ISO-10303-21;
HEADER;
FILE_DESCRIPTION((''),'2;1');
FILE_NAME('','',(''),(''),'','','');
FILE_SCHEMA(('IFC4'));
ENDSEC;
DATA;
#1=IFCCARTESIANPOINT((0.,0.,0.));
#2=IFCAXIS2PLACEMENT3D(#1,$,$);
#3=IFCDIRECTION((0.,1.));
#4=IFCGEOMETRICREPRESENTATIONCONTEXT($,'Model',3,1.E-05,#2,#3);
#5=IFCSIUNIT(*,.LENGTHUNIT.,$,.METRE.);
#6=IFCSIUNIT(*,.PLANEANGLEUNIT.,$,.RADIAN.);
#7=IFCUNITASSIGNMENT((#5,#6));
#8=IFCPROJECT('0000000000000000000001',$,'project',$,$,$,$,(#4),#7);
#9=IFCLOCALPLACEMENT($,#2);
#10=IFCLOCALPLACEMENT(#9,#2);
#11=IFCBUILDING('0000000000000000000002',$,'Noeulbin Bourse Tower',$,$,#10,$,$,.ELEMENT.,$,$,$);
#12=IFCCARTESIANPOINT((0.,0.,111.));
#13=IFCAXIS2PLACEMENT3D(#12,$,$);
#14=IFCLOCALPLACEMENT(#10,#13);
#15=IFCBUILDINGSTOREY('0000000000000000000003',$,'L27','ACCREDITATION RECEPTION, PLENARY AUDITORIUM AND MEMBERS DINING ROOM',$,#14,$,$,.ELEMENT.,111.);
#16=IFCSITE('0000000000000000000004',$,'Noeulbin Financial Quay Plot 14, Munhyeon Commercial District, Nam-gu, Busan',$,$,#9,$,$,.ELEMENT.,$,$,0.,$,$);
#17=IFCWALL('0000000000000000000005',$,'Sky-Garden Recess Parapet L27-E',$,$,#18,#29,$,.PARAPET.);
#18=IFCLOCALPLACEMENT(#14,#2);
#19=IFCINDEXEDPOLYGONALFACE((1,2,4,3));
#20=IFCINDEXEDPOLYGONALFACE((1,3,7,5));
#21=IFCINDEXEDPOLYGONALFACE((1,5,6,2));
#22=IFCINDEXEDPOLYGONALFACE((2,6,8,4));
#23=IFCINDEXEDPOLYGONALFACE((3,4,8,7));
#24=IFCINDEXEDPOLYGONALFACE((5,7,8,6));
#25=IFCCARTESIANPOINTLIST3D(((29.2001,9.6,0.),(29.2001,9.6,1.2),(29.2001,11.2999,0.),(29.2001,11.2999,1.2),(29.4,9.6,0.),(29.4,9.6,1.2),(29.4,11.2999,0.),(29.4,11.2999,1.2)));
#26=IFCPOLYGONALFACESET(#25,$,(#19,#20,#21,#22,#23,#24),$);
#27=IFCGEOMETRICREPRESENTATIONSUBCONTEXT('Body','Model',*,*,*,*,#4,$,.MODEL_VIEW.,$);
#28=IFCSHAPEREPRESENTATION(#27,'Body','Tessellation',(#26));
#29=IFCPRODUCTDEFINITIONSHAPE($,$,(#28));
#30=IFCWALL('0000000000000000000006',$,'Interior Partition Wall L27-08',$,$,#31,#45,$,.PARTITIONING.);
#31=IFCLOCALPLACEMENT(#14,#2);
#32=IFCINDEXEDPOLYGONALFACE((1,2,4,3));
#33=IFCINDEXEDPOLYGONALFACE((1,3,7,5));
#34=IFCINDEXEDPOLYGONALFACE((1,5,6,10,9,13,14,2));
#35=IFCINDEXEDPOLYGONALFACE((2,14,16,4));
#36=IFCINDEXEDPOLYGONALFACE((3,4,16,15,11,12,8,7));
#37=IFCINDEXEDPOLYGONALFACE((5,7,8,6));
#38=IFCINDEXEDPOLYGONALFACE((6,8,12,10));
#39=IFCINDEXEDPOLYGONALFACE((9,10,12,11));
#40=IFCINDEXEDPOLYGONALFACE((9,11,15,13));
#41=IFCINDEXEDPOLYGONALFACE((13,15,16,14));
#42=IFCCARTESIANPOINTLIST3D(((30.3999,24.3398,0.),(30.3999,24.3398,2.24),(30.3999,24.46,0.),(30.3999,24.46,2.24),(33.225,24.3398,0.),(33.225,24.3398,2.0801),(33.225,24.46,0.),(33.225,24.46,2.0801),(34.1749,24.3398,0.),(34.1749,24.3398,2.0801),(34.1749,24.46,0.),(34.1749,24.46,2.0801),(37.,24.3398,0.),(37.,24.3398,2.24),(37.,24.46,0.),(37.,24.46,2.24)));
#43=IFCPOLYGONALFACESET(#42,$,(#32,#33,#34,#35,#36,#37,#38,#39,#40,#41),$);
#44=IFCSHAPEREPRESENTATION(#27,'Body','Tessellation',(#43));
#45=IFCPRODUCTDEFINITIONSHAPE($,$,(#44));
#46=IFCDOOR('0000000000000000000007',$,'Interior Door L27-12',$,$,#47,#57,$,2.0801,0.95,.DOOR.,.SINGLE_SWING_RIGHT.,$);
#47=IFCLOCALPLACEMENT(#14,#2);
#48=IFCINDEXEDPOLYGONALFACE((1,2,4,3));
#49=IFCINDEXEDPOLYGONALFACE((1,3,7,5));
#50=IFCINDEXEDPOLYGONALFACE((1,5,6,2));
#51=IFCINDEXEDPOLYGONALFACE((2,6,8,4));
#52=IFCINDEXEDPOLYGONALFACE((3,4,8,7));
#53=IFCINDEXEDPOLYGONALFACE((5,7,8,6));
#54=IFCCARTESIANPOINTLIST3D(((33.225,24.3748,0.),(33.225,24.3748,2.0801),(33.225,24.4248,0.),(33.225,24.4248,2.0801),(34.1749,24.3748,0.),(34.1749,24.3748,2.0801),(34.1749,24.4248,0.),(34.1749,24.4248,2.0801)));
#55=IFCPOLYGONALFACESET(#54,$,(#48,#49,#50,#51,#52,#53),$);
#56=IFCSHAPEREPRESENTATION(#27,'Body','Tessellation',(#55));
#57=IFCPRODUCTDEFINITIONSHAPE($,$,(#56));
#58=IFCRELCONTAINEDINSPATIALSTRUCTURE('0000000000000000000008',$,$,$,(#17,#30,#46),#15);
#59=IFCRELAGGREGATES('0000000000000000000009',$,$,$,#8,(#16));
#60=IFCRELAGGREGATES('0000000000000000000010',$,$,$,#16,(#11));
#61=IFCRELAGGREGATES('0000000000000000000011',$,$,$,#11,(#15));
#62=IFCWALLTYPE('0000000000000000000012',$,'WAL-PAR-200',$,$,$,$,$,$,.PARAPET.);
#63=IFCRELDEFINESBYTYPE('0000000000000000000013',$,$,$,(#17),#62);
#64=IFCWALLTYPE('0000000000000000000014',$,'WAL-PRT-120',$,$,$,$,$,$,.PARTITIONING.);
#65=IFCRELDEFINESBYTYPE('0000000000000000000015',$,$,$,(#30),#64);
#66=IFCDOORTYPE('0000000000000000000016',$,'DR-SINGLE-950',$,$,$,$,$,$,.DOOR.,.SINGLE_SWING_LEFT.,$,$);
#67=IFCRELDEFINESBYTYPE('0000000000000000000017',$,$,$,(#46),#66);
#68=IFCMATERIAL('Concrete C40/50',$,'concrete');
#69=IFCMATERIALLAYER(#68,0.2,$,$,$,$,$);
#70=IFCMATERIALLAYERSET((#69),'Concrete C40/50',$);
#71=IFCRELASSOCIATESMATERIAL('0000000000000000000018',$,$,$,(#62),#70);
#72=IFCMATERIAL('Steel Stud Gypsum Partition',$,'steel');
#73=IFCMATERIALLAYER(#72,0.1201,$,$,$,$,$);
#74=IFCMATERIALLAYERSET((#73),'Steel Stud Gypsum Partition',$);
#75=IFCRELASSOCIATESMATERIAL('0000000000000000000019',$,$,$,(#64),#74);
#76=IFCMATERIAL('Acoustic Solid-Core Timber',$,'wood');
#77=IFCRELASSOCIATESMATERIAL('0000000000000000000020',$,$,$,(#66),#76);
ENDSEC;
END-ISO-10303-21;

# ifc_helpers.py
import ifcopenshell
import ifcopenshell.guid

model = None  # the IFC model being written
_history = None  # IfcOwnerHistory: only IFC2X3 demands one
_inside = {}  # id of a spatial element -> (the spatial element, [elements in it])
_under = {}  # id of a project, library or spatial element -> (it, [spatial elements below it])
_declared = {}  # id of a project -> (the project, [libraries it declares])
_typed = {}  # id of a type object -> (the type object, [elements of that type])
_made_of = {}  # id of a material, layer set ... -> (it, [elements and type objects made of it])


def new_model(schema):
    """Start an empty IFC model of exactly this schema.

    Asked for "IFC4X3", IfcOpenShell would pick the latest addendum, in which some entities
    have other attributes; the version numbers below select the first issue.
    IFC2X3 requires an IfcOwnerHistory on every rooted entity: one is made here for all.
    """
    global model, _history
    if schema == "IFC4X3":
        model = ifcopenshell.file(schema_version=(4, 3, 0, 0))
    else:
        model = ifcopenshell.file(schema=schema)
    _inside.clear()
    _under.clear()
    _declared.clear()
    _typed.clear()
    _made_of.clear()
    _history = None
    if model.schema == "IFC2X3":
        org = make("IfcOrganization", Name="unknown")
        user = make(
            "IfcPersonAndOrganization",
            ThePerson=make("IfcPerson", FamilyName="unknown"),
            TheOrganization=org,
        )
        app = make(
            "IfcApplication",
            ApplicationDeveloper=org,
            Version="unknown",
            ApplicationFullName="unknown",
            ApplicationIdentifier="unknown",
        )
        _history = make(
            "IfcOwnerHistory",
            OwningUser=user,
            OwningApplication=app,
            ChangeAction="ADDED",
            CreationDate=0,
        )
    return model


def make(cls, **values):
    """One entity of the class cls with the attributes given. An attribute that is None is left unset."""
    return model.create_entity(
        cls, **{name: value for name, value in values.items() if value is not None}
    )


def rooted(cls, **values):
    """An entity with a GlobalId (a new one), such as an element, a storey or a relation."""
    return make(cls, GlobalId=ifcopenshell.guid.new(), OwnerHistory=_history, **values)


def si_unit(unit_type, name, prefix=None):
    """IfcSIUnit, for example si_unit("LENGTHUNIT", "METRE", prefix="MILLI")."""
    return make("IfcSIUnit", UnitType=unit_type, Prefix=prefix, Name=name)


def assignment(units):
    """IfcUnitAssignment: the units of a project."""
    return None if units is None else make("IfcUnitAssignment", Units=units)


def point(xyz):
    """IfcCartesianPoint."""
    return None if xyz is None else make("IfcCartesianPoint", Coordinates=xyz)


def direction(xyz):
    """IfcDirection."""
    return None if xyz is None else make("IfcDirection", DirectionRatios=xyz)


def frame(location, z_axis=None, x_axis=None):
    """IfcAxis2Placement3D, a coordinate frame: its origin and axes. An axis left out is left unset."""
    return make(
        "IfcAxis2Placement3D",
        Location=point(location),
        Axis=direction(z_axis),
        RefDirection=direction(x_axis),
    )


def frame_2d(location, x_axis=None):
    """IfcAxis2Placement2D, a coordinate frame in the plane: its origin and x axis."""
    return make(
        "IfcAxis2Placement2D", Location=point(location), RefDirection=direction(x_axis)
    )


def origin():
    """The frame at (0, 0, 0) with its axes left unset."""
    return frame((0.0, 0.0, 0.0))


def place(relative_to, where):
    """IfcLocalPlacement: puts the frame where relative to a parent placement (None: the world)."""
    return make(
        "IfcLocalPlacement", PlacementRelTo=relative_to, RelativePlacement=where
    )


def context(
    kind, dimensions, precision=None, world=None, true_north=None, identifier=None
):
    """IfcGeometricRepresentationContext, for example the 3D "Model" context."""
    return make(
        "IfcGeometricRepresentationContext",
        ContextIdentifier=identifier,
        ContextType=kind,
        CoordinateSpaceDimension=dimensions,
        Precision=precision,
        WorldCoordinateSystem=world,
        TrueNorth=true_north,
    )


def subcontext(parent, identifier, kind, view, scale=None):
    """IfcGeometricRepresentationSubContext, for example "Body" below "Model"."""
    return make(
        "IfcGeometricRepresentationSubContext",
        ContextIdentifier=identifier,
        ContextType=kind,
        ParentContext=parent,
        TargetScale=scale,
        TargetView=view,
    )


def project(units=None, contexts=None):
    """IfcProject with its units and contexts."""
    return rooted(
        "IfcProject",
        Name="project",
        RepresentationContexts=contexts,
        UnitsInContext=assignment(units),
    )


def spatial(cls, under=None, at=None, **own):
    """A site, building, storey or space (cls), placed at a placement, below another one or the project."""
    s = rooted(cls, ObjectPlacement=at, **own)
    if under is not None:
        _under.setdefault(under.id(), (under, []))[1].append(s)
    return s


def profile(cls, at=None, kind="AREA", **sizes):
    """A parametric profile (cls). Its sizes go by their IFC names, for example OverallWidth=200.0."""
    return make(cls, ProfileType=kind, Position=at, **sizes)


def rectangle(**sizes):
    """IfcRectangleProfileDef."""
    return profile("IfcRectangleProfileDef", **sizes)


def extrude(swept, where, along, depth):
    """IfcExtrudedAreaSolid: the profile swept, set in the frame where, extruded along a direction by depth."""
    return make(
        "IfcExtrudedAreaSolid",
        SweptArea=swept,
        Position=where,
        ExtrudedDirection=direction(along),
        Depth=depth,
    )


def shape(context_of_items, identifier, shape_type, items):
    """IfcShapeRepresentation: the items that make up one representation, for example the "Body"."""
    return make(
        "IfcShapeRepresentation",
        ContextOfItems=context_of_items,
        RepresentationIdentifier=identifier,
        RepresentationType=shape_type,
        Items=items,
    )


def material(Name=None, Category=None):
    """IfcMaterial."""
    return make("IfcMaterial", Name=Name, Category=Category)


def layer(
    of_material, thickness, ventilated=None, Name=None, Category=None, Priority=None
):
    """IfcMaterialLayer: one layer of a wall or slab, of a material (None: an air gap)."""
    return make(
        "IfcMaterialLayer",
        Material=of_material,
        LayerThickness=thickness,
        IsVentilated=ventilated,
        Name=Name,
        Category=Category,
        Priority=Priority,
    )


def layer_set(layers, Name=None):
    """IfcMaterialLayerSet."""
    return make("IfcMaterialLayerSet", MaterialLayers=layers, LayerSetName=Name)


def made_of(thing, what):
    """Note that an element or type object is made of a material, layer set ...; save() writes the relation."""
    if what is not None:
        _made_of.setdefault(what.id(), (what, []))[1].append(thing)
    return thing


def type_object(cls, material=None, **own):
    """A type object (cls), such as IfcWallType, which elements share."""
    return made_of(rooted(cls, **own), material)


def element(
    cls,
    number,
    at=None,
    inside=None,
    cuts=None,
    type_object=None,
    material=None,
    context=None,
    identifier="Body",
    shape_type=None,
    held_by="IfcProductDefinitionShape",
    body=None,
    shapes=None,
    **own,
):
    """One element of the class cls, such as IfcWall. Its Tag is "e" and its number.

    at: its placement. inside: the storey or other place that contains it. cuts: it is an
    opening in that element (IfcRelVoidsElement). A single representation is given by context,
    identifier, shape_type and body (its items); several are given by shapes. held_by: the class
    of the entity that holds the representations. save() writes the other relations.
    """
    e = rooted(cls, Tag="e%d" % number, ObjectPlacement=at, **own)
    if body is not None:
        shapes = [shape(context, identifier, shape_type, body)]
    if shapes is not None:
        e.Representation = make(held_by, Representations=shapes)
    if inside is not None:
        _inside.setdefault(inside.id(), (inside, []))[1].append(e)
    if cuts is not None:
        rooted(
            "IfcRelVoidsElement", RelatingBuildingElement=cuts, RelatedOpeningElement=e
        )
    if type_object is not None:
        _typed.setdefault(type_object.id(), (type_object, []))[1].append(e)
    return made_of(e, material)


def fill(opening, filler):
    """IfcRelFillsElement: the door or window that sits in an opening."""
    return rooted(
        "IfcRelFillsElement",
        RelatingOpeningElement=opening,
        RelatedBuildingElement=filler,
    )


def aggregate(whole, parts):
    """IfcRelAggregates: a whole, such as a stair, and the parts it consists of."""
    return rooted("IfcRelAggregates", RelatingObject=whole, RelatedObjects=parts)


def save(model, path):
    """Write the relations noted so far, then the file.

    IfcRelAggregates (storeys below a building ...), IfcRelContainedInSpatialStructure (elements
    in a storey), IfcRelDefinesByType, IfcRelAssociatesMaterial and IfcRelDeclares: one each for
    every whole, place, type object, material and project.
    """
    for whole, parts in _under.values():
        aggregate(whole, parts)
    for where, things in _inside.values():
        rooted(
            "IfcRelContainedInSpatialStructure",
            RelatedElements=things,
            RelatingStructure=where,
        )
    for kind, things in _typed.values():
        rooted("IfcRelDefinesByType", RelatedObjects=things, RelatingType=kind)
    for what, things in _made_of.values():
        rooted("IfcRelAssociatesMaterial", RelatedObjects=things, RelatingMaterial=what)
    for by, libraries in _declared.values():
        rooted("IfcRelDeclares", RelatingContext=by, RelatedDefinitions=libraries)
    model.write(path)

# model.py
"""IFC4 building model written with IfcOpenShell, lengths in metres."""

from ifc_helpers import new_model, si_unit, direction, frame, frame_2d, origin, place, context, subcontext, project, spatial, rectangle, extrude, material, layer, layer_set, type_object, element, fill, save


model = new_model("IFC4")

# Units and contexts
model_context = context("Model", 3, precision=1e-05, world=origin(), true_north=direction((0.0, 1.0)))
body_context = subcontext(model_context, "Body", "Model", "MODEL_VIEW")
ifc_project = project(units=[si_unit("LENGTHUNIT", "METRE"), si_unit("PLANEANGLEUNIT", "RADIAN")], contexts=[model_context])

# Site, building, storey
site_placement = place(None, origin())
site = spatial("IfcSite", under=ifc_project, at=site_placement, Name="Noeulbin Financial Quay Plot 14, Munhyeon Commercial District, Nam-gu, Busan", CompositionType="ELEMENT", RefElevation=0.0)
building_placement = place(site_placement, origin())
building = spatial("IfcBuilding", under=site, at=building_placement, Name="Noeulbin Bourse Tower", CompositionType="ELEMENT")
storey_placement = place(building_placement, frame((0.0, 0.0, 111.0)))
storey = spatial("IfcBuildingStorey", under=building, at=storey_placement, Name="L27", Description="ACCREDITATION RECEPTION, PLENARY AUDITORIUM AND MEMBERS DINING ROOM", CompositionType="ELEMENT", Elevation=111.0)

# Wall
ifc_material_1 = material(Name="Concrete C40/50", Category="concrete")
ifc_layer_1 = layer(ifc_material_1, 0.2)
ifc_layer_set_1 = layer_set([ifc_layer_1], Name="Concrete C40/50")
wall_type_1 = type_object("IfcWallType", Name="WAL-PAR-200", PredefinedType="PARAPET", material=ifc_layer_set_1)
wall_1_placement = place(storey_placement, frame((29.3, 11.3, 0.0), z_axis=(0.0, 0.0, 1.0), x_axis=(0.0, -1.0, 0.0)))
element("IfcWall", 1, at=wall_1_placement, inside=storey, type_object=wall_type_1, Name="Sky-Garden Recess Parapet L27-E", PredefinedType="PARAPET", context=body_context, shape_type="SweptSolid", body=[
    extrude(rectangle(XDim=1.7, YDim=0.2, at=frame_2d((0.8501, 0.0))), origin(), (0.0, 0.0, 1.0), 1.2),
])

# Wall, opening, door
ifc_material_2 = material(Name="Steel Stud Gypsum Partition", Category="steel")
ifc_layer_2 = layer(ifc_material_2, 0.1201)
ifc_layer_set_2 = layer_set([ifc_layer_2], Name="Steel Stud Gypsum Partition")
wall_type_2 = type_object("IfcWallType", Name="WAL-PRT-120", PredefinedType="PARTITIONING", material=ifc_layer_set_2)
wall_2_placement = place(storey_placement, frame((30.3999, 24.3999, 0.0), z_axis=(0.0, 0.0, 1.0), x_axis=(1.0, 0.0, 0.0)))
wall_2 = element("IfcWall", 2, at=wall_2_placement, inside=storey, type_object=wall_type_2, Name="Interior Partition Wall L27-08", PredefinedType="PARTITIONING", context=body_context, shape_type="SweptSolid", body=[
    extrude(rectangle(XDim=6.6001, YDim=0.1201, at=frame_2d((3.3, 0.0))), origin(), (0.0, 0.0, 1.0), 2.24),
])
opening_placement = place(wall_2_placement, frame((2.825, 0.0, 0.0)))
opening = element("IfcOpeningElement", 3, at=opening_placement, cuts=wall_2, PredefinedType="OPENING", context=body_context, shape_type="SweptSolid", body=[
    extrude(rectangle(XDim=0.95, YDim=2.0801, at=frame_2d((0.4751, 1.04))), frame((0.0, 0.0701, 0.0), z_axis=(0.0, -1.0, 0.0), x_axis=(1.0, 0.0, 0.0)), (0.0, 0.0, 1.0), 0.1401),
])
ifc_material_3 = material(Name="Acoustic Solid-Core Timber", Category="wood")
door_type = type_object("IfcDoorType", Name="DR-SINGLE-950", OperationType="SINGLE_SWING_LEFT", PredefinedType="DOOR", material=ifc_material_3)
door_placement = place(opening_placement, origin())
door = element("IfcDoor", 4, at=door_placement, inside=storey, type_object=door_type, Name="Interior Door L27-12", OperationType="SINGLE_SWING_RIGHT", OverallHeight=2.0801, OverallWidth=0.95, PredefinedType="DOOR", context=body_context, shape_type="SweptSolid", body=[
    extrude(rectangle(XDim=0.95, YDim=2.0801, at=frame_2d((0.4751, 1.04))), frame((0.0, 0.0249, 0.0), z_axis=(0.0, -1.0, 0.0), x_axis=(1.0, 0.0, 0.0)), (0.0, 0.0, 1.0), 0.05),
])
fill(opening, door)

save(model, "model.ifc")
